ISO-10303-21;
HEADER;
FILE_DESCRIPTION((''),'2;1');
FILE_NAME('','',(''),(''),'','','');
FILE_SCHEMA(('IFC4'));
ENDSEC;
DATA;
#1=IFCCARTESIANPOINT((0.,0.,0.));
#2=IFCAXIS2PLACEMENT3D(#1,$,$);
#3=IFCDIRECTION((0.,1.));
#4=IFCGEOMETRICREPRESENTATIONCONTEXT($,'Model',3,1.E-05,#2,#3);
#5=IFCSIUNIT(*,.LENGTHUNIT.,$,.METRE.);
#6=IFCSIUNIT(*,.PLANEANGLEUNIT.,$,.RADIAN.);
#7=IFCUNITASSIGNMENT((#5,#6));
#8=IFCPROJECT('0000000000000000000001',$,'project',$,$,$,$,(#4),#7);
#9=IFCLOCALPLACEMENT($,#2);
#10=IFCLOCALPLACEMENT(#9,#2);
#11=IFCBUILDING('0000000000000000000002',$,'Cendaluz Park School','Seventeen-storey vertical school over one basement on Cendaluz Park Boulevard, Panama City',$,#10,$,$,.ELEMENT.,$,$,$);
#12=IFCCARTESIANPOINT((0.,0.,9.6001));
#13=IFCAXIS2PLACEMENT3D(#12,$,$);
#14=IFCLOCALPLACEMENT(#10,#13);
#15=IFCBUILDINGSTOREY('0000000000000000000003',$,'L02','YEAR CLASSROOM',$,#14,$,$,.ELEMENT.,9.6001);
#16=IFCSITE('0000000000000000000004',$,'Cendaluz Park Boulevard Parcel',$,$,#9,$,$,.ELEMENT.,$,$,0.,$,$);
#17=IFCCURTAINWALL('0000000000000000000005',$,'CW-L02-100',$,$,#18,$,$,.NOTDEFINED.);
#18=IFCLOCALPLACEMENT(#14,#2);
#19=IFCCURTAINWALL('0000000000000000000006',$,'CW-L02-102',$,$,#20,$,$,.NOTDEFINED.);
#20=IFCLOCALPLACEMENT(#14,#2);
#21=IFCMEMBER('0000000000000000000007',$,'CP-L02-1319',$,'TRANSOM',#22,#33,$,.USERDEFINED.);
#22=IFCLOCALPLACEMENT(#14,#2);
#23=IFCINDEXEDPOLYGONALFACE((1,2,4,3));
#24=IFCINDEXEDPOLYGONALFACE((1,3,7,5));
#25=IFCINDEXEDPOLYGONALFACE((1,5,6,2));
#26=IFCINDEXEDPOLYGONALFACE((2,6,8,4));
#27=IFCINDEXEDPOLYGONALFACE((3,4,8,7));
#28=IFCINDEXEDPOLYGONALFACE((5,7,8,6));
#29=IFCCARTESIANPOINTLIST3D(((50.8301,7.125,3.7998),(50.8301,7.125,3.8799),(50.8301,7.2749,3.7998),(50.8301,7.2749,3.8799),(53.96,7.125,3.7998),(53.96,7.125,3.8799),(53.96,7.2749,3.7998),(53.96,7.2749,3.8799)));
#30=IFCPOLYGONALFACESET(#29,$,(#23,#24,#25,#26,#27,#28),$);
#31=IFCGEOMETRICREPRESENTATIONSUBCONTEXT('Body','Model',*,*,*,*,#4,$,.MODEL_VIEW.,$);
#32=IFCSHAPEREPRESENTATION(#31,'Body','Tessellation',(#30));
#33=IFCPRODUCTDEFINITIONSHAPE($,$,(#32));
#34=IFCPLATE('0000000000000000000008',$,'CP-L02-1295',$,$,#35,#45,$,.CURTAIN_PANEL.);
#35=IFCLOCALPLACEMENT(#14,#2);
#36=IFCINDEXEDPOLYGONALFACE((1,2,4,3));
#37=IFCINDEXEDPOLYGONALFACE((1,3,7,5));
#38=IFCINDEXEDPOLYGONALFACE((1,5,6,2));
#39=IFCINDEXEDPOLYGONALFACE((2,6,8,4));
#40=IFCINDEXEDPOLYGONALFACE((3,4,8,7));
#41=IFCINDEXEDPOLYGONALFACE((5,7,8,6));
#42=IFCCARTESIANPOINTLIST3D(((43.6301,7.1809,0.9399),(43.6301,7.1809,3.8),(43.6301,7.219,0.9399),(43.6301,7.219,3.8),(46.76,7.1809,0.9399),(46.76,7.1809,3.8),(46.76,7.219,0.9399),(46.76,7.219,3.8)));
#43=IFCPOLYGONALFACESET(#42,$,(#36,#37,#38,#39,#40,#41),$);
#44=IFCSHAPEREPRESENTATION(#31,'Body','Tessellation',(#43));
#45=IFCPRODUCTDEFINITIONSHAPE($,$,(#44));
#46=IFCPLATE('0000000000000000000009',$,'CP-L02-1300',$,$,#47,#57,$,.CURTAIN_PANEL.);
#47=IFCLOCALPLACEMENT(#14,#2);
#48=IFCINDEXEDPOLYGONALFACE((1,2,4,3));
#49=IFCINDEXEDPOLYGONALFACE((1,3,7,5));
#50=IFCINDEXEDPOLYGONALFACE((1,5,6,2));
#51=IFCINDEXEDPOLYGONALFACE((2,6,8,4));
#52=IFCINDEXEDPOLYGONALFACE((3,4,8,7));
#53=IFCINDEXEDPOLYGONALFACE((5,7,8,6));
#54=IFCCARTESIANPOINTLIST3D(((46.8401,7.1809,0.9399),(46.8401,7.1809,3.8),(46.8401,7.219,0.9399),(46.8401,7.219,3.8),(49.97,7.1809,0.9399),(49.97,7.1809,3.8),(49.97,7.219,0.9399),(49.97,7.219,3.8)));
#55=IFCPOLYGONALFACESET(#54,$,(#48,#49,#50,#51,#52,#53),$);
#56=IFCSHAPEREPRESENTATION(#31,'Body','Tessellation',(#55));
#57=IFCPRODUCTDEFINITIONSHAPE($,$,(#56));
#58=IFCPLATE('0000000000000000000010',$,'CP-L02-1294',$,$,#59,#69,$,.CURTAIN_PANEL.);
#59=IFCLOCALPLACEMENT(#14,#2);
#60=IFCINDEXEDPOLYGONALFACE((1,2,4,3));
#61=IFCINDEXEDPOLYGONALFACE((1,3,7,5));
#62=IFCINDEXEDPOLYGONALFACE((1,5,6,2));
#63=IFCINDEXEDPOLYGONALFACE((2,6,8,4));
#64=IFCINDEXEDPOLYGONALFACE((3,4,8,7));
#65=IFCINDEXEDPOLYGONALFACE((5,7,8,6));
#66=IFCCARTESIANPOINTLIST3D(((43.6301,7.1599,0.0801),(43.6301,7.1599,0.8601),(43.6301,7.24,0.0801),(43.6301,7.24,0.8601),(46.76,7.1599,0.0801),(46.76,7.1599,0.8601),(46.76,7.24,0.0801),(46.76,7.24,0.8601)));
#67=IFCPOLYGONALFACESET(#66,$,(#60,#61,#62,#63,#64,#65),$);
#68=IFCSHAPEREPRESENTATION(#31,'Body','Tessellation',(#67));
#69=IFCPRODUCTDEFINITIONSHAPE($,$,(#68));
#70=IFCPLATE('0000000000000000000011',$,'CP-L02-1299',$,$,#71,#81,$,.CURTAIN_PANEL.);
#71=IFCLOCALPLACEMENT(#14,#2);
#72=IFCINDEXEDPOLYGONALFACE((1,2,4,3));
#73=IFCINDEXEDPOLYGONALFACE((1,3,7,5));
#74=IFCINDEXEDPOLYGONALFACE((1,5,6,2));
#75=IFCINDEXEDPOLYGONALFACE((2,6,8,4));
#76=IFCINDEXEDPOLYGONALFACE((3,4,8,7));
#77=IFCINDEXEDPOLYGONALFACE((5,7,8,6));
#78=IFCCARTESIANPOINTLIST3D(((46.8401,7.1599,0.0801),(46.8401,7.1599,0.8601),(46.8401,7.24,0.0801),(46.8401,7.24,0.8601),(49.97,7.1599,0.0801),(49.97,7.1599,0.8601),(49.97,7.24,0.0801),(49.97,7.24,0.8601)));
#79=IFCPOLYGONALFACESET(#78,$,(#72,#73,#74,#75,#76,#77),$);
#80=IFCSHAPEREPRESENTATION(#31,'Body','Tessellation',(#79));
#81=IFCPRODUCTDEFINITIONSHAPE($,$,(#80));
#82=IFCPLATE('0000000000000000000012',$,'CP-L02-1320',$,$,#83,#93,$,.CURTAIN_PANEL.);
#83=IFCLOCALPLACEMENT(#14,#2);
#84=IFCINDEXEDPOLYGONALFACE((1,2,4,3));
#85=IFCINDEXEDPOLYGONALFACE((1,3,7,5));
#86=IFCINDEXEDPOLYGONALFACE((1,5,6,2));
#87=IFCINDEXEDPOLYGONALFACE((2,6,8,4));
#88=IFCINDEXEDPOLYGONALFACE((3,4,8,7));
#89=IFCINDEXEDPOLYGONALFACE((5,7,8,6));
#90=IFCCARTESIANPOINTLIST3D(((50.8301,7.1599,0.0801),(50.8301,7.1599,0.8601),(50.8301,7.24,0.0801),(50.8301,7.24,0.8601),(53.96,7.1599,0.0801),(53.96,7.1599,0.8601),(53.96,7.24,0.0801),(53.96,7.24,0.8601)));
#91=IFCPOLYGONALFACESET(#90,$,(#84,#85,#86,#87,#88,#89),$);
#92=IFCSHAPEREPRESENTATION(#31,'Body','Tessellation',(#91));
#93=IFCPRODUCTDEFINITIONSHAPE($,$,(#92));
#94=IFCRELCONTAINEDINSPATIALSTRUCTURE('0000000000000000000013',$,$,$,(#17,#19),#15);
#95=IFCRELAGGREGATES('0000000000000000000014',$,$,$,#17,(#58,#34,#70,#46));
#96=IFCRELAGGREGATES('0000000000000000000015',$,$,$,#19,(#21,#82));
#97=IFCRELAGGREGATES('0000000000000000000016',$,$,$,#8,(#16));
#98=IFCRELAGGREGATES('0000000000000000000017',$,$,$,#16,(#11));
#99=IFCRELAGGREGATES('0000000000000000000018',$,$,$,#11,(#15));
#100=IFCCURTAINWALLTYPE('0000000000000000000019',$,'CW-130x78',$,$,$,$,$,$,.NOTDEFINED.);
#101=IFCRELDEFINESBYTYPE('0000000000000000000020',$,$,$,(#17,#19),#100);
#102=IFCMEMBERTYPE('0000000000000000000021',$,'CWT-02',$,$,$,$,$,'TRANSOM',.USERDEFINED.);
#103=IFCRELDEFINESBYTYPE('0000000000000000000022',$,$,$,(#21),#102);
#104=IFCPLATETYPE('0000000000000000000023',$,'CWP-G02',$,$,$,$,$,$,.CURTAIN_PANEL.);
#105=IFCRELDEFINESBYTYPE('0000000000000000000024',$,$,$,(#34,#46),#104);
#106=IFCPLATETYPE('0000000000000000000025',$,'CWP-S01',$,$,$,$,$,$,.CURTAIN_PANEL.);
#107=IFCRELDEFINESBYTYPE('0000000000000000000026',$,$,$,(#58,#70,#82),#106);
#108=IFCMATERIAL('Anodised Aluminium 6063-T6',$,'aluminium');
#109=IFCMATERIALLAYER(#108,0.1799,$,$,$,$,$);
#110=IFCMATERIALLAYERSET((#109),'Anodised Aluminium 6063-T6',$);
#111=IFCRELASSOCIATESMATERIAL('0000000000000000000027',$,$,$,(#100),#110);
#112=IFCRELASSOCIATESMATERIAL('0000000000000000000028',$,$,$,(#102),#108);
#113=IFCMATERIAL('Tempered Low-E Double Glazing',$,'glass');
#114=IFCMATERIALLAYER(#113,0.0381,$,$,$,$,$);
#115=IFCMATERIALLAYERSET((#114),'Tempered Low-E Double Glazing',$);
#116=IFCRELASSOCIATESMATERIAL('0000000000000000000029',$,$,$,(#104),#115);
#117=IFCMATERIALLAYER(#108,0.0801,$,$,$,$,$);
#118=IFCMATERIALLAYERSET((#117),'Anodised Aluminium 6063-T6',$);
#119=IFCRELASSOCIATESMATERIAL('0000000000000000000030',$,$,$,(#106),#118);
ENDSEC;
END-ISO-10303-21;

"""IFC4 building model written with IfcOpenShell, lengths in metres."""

from ifc_helpers import new_model, si_unit, direction, frame, origin, origin_2d, place, context, subcontext, project, spatial, rectangle, extrude, material, layer, layer_set, material_profile, profile_set, type_object, element, aggregate, save


model = new_model("IFC4")

# Units and contexts
model_context = context("Model", 3, precision=1e-05, world=origin(), true_north=direction((0.0, 1.0)))
body_context = subcontext(model_context, "Body", "Model", "MODEL_VIEW")
ifc_project = project(units=[si_unit("LENGTHUNIT", "METRE"), si_unit("PLANEANGLEUNIT", "RADIAN")], contexts=[model_context])

# Site, building, storey
site_placement = place(None, origin())
site = spatial("IfcSite", under=ifc_project, at=site_placement, Name="Cendaluz Park Boulevard Parcel", CompositionType="ELEMENT", RefElevation=0.0)
building_placement = place(site_placement, origin())
building = spatial("IfcBuilding", under=site, at=building_placement, Name="Cendaluz Park School", Description="Seventeen-storey vertical school over one basement on Cendaluz Park Boulevard, Panama City", CompositionType="ELEMENT")
storey_placement = place(building_placement, frame((0.0, 0.0, 9.6001)))
storey = spatial("IfcBuildingStorey", under=building, at=storey_placement, Name="L02", Description="YEAR CLASSROOM", CompositionType="ELEMENT", Elevation=9.6001)

# Curtain wall
ifc_material_1 = material(Name="Anodised Aluminium 6063-T6", Category="aluminium")
ifc_layer_1 = layer(ifc_material_1, 0.1799)
ifc_layer_set_1 = layer_set([ifc_layer_1], Name="Anodised Aluminium 6063-T6")
curtain_wall_type = type_object("IfcCurtainWallType", Name="CW-130x78", PredefinedType="NOTDEFINED", material=ifc_layer_set_1)
curtain_wall_1_placement = place(storey_placement, origin())
curtain_wall_1 = element("IfcCurtainWall", 1, at=curtain_wall_1_placement, inside=storey, type_object=curtain_wall_type, Name="CW-L02-100", PredefinedType="NOTDEFINED")

# Curtain wall
curtain_wall_2_placement = place(storey_placement, origin())
curtain_wall_2 = element("IfcCurtainWall", 2, at=curtain_wall_2_placement, inside=storey, type_object=curtain_wall_type, Name="CW-L02-102", PredefinedType="NOTDEFINED")

# Member
ifc_material_profile_1 = material_profile(ifc_material_1, rectangle(XDim=0.1499, YDim=0.0801, at=origin_2d()), Name="CWT 150x80", Category="aluminium")
ifc_profile_set_1 = profile_set([ifc_material_profile_1], Name="Anodised Aluminium 6063-T6")
member_type_1 = type_object("IfcMemberType", Name="CWT-02", ElementType="TRANSOM", PredefinedType="USERDEFINED", material=ifc_profile_set_1)
member_1_placement = place(storey_placement, frame((50.8301, 7.2, 3.8398), z_axis=(1.0, 0.0, 0.0), x_axis=(0.0, 1.0, 0.0)))
member_1 = element("IfcMember", 3, at=member_1_placement, type_object=member_type_1, Name="CP-L02-1319", ObjectType="TRANSOM", PredefinedType="USERDEFINED", context=body_context, shape_type="SweptSolid", body=[
    extrude(rectangle(XDim=0.1499, YDim=0.0801, at=origin_2d()), origin(), (0.0, 0.0, 1.0), 3.1299),
])

# Plates
ifc_material_2 = material(Name="Tempered Low-E Double Glazing", Category="glass")
ifc_layer_2 = layer(ifc_material_2, 0.0381)
ifc_layer_set_2 = layer_set([ifc_layer_2], Name="Tempered Low-E Double Glazing")
plate_type_1 = type_object("IfcPlateType", Name="CWP-G02", PredefinedType="CURTAIN_PANEL", material=ifc_layer_set_2)
plate_1_placement = place(storey_placement, frame((45.1951, 7.2, 0.9399), z_axis=(0.0, 0.0, 1.0), x_axis=(1.0, 0.0, 0.0)))
plate_1 = element("IfcPlate", 4, at=plate_1_placement, type_object=plate_type_1, Name="CP-L02-1295", PredefinedType="CURTAIN_PANEL", context=body_context, shape_type="SweptSolid", body=[
    extrude(rectangle(XDim=3.1299, YDim=0.0381, at=origin_2d()), origin(), (0.0, 0.0, 1.0), 2.8601),
])
plate_2_placement = place(storey_placement, frame((48.405, 7.2, 0.9399), z_axis=(0.0, 0.0, 1.0), x_axis=(1.0, 0.0, 0.0)))
plate_2 = element("IfcPlate", 5, at=plate_2_placement, type_object=plate_type_1, Name="CP-L02-1300", PredefinedType="CURTAIN_PANEL", context=body_context, shape_type="SweptSolid", body=[
    extrude(rectangle(XDim=3.1299, YDim=0.0381, at=origin_2d()), origin(), (0.0, 0.0, 1.0), 2.8601),
])
ifc_layer_3 = layer(ifc_material_1, 0.0801)
ifc_layer_set_3 = layer_set([ifc_layer_3], Name="Anodised Aluminium 6063-T6")
plate_type_2 = type_object("IfcPlateType", Name="CWP-S01", PredefinedType="CURTAIN_PANEL", material=ifc_layer_set_3)
plate_3_placement = place(storey_placement, frame((45.1951, 7.2, 0.0801), z_axis=(0.0, 0.0, 1.0), x_axis=(1.0, 0.0, 0.0)))
plate_3 = element("IfcPlate", 6, at=plate_3_placement, type_object=plate_type_2, Name="CP-L02-1294", PredefinedType="CURTAIN_PANEL", context=body_context, shape_type="SweptSolid", body=[
    extrude(rectangle(XDim=3.1299, YDim=0.0801, at=origin_2d()), origin(), (0.0, 0.0, 1.0), 0.78),
])
plate_4_placement = place(storey_placement, frame((48.405, 7.2, 0.0801), z_axis=(0.0, 0.0, 1.0), x_axis=(1.0, 0.0, 0.0)))
plate_4 = element("IfcPlate", 7, at=plate_4_placement, type_object=plate_type_2, Name="CP-L02-1299", PredefinedType="CURTAIN_PANEL", context=body_context, shape_type="SweptSolid", body=[
    extrude(rectangle(XDim=3.1299, YDim=0.0801, at=origin_2d()), origin(), (0.0, 0.0, 1.0), 0.78),
])
aggregate(curtain_wall_1, [plate_3, plate_1, plate_4, plate_2])
plate_5_placement = place(storey_placement, frame((52.395, 7.2, 0.0801), z_axis=(0.0, 0.0, 1.0), x_axis=(1.0, 0.0, 0.0)))
plate_5 = element("IfcPlate", 8, at=plate_5_placement, type_object=plate_type_2, Name="CP-L02-1320", PredefinedType="CURTAIN_PANEL", context=body_context, shape_type="SweptSolid", body=[
    extrude(rectangle(XDim=3.1299, YDim=0.0801, at=origin_2d()), origin(), (0.0, 0.0, 1.0), 0.78),
])
aggregate(curtain_wall_2, [member_1, plate_5])

save(model, "model.ifc")
